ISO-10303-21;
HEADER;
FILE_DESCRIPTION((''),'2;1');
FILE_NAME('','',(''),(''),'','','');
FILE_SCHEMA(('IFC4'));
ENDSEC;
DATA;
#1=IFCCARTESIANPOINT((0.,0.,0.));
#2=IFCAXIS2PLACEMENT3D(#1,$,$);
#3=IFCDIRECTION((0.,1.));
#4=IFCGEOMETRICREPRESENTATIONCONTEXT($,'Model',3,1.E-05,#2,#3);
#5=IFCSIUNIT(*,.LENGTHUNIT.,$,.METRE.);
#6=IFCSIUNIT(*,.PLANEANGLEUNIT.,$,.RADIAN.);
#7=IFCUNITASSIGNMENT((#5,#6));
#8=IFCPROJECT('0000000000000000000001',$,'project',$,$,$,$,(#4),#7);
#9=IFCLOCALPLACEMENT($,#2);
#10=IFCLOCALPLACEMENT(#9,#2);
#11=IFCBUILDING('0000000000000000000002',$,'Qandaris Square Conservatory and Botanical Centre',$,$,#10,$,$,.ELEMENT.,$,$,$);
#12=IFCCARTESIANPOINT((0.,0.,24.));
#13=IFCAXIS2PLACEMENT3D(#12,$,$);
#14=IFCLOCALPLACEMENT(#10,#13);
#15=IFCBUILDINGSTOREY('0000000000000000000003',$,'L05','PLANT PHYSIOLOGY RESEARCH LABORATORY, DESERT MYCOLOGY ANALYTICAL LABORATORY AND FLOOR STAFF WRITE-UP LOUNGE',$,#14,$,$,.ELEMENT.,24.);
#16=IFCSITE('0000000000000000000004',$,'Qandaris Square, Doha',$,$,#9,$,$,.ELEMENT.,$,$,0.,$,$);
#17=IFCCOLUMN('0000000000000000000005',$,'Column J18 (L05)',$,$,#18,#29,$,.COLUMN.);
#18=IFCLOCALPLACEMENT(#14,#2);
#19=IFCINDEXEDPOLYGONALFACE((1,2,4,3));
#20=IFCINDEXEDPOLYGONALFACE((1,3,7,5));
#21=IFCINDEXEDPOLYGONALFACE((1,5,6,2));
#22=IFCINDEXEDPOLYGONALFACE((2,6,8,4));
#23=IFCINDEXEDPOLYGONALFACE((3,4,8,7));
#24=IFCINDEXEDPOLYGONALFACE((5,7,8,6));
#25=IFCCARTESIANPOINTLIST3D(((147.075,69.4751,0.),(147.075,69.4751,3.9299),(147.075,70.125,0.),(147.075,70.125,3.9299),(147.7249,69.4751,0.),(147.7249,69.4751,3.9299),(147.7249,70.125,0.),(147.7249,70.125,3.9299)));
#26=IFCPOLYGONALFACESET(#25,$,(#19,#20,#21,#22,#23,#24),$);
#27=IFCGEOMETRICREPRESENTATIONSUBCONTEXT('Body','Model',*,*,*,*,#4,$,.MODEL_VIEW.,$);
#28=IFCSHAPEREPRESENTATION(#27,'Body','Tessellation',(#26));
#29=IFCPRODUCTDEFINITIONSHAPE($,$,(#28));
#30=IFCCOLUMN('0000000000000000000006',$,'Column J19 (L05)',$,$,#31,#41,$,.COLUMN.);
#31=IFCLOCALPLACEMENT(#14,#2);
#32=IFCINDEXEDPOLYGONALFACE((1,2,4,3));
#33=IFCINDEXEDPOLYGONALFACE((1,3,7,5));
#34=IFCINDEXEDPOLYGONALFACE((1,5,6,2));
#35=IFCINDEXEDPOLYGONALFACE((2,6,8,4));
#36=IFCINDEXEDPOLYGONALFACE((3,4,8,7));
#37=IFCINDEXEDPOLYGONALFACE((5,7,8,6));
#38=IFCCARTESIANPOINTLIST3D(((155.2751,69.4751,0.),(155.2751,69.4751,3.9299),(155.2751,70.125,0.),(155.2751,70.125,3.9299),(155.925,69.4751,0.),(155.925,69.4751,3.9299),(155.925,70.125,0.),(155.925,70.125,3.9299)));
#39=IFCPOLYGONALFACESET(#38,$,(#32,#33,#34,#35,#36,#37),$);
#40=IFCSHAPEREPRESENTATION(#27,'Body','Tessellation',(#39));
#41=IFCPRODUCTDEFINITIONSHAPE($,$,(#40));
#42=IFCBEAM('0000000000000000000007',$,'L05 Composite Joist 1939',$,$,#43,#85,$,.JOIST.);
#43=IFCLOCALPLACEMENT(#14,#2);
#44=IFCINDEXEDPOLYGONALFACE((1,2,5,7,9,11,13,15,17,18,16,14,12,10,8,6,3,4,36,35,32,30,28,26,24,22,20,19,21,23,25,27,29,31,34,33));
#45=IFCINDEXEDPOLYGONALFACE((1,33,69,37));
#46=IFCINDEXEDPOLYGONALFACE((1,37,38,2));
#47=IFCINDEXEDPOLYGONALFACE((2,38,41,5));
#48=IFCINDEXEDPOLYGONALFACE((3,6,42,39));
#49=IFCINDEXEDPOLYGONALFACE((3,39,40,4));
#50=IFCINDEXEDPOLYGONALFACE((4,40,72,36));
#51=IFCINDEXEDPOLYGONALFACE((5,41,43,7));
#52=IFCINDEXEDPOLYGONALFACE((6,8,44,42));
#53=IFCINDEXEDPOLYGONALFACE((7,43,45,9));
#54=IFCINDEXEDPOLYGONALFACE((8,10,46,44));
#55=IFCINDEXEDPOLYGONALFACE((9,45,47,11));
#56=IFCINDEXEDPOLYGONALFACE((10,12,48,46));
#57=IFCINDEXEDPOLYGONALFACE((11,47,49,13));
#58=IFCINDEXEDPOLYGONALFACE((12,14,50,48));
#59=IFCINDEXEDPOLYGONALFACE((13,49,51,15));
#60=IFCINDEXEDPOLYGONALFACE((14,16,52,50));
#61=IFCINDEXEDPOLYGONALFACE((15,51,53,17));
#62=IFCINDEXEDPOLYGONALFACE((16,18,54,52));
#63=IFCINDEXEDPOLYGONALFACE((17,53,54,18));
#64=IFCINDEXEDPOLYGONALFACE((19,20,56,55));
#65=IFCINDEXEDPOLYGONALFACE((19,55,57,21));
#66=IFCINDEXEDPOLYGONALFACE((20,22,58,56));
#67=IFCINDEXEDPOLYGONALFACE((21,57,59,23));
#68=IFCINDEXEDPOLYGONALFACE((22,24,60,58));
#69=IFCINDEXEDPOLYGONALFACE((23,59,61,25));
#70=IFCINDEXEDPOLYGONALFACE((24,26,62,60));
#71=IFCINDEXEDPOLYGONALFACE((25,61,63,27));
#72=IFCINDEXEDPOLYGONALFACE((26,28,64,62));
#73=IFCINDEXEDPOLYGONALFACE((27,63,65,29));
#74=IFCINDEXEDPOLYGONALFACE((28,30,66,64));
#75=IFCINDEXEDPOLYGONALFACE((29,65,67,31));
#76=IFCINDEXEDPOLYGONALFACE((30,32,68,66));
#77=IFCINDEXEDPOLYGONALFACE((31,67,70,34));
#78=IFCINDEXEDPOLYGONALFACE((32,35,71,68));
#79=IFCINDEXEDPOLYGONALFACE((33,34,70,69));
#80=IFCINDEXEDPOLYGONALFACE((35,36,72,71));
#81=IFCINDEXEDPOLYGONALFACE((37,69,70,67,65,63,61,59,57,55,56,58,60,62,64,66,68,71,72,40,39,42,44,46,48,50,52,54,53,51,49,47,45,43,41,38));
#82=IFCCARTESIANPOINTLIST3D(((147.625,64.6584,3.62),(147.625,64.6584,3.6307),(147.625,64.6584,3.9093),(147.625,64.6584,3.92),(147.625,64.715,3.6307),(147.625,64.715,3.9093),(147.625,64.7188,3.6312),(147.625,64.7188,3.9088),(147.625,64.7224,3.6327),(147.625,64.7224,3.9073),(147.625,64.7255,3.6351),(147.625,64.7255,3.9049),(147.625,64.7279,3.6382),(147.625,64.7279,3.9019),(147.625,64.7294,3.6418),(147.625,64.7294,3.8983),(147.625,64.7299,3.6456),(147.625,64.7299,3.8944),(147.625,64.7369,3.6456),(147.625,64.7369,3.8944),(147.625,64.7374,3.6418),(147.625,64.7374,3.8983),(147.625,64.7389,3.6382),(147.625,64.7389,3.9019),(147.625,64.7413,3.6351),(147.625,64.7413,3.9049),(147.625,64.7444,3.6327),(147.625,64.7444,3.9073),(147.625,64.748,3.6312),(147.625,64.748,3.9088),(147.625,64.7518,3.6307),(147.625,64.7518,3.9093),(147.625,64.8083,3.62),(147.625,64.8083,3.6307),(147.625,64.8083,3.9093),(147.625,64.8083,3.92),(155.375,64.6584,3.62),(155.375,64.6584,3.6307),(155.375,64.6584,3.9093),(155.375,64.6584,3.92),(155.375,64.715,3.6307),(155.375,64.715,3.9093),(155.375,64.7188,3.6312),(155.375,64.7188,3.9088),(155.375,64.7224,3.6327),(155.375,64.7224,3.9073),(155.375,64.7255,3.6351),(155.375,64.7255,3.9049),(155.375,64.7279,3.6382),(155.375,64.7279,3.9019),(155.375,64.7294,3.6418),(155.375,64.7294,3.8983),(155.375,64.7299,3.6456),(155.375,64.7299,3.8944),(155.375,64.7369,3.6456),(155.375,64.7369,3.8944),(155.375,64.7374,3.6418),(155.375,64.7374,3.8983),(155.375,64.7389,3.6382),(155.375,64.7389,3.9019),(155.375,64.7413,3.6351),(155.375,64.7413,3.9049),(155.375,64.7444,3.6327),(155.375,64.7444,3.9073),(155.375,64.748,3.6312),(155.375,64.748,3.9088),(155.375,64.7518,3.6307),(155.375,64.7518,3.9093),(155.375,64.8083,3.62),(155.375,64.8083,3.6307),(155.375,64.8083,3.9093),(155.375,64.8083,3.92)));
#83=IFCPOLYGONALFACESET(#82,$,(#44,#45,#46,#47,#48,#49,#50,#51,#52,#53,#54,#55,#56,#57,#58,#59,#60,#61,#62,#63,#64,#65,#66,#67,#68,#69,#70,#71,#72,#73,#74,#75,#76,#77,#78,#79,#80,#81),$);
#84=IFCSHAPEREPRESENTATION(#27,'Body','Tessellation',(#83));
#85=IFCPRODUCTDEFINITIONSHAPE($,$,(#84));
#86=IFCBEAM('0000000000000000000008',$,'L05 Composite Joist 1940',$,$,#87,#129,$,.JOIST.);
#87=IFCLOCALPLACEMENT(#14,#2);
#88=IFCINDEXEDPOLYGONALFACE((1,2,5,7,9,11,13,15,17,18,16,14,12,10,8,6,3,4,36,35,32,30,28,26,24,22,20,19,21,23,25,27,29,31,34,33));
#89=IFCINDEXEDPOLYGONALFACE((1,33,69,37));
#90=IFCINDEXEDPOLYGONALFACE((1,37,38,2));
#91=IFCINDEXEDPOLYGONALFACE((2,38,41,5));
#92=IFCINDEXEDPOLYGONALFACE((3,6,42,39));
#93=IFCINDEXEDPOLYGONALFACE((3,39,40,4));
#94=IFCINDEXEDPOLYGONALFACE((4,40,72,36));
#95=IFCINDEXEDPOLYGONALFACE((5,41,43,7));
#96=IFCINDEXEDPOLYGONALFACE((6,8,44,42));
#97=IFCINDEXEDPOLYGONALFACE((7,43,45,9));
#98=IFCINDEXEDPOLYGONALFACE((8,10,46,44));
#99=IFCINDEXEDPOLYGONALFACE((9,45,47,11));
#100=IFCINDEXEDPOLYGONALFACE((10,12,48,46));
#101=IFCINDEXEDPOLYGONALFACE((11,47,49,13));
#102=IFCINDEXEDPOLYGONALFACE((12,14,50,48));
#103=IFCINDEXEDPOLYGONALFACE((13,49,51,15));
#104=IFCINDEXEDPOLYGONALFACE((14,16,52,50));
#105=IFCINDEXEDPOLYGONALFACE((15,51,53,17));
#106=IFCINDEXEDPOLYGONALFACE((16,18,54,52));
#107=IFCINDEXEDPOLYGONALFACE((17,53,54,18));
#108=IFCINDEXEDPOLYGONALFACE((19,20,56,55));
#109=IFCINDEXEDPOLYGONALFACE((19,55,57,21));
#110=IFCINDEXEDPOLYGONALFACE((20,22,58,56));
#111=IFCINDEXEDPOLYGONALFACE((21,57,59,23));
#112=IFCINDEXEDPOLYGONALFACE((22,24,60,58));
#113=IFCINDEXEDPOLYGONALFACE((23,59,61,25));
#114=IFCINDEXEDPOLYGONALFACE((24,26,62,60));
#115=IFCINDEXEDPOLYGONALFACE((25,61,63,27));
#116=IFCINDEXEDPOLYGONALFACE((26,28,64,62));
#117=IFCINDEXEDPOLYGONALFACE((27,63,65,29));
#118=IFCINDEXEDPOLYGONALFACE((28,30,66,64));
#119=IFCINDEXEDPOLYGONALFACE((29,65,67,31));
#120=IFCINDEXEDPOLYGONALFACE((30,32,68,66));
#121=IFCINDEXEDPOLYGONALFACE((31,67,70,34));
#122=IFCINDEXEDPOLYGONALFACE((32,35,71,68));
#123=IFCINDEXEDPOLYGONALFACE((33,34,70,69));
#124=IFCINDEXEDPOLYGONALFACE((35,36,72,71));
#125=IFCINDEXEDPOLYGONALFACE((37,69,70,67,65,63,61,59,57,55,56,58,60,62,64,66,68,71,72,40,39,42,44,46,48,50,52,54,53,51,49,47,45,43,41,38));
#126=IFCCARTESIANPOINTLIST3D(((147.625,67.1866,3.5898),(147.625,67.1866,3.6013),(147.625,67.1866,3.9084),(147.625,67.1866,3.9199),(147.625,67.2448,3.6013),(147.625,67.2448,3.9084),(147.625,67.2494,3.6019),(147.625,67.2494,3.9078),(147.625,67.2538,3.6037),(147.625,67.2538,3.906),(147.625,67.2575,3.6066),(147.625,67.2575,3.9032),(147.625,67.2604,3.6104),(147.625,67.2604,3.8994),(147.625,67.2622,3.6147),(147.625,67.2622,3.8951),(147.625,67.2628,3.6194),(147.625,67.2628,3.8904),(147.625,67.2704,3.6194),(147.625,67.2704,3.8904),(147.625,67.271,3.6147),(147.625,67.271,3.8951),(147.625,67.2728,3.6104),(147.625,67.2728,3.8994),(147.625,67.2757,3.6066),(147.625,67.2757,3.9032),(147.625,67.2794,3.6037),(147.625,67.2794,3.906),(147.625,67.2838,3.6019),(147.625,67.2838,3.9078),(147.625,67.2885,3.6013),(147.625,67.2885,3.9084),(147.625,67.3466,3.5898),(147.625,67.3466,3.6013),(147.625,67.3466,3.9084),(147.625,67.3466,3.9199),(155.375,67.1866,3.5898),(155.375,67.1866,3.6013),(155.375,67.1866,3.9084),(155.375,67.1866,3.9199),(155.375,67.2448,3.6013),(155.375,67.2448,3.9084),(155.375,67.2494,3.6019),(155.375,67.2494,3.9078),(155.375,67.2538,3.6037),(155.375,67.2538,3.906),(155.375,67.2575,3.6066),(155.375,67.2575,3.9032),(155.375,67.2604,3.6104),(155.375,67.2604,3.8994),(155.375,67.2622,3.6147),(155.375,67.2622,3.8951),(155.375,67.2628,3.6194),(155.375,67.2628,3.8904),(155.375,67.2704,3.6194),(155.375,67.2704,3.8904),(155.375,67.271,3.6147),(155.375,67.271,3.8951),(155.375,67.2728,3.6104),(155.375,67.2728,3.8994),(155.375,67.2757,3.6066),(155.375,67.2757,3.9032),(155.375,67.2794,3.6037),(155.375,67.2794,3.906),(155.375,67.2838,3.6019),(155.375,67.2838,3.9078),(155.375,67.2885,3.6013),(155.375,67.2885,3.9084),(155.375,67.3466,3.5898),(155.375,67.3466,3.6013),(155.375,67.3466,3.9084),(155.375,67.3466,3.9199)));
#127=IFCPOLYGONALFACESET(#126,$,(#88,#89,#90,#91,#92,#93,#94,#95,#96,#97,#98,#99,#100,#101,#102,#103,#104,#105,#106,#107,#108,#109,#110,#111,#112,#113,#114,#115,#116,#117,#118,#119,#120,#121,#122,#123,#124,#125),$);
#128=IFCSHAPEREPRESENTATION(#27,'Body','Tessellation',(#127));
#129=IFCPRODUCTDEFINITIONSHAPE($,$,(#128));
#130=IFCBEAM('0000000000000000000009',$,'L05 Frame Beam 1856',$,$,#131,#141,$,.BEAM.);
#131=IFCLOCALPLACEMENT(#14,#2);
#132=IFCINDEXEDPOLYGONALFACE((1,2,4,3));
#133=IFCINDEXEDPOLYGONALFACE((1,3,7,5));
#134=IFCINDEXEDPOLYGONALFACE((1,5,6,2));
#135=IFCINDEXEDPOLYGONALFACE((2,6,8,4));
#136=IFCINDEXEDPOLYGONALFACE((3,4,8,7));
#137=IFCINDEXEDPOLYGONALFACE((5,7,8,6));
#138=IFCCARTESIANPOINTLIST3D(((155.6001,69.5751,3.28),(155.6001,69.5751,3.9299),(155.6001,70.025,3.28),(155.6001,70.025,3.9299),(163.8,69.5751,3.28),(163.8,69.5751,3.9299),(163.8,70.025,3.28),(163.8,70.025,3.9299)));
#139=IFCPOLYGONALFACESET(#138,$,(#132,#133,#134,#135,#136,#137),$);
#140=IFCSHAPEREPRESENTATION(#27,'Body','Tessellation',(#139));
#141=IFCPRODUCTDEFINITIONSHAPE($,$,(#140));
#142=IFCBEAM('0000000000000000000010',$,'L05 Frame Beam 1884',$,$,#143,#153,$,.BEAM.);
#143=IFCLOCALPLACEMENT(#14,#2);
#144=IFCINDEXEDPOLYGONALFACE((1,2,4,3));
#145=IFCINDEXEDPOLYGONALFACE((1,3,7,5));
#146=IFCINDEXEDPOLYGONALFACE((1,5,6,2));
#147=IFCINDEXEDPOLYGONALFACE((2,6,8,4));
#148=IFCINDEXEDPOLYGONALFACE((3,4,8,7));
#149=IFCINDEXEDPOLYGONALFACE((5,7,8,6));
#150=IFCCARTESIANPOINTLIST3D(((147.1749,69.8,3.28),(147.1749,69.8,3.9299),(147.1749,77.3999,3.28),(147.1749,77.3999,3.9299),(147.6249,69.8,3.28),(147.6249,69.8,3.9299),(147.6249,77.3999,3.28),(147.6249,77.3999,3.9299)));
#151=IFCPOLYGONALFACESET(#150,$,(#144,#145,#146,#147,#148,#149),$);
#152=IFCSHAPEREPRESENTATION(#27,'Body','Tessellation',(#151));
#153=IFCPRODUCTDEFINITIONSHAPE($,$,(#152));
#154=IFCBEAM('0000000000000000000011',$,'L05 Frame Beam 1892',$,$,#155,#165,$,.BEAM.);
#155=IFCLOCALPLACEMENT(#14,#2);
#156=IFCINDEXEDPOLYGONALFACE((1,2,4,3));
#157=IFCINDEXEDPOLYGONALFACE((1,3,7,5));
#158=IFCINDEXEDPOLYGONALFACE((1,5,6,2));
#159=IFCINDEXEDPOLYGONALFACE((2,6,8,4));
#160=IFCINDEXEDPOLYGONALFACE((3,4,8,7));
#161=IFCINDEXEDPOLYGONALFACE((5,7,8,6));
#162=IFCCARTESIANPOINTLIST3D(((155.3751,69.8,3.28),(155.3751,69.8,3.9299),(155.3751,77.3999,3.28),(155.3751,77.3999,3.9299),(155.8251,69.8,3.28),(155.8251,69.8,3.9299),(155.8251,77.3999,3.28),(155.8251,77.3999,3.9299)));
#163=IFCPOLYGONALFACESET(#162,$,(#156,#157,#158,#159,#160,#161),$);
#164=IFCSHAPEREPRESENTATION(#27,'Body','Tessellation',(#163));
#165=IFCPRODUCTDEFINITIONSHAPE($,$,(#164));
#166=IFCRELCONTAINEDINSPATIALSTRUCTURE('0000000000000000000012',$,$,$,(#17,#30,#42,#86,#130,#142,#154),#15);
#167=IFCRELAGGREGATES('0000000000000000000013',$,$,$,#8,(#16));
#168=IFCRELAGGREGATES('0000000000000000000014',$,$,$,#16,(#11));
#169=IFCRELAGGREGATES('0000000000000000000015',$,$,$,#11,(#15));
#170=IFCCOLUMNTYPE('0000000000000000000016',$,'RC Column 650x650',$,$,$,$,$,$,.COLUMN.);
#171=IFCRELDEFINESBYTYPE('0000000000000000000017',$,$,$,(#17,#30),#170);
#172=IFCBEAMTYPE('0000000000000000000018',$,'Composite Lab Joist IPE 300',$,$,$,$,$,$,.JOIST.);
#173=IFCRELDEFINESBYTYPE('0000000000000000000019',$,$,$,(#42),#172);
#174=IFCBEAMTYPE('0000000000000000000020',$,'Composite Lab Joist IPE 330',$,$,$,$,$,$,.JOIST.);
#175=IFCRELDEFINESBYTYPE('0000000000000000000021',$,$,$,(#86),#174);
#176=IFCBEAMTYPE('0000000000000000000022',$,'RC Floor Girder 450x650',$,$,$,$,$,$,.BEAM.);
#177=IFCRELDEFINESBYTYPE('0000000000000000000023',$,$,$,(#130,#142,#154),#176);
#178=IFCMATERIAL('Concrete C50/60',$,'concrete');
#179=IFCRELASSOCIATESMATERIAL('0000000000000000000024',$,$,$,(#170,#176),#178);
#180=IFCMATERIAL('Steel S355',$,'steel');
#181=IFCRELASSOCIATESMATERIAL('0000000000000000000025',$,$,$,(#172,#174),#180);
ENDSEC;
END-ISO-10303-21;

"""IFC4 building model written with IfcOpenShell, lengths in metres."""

from ifc_helpers import new_model, si_unit, direction, frame, origin, origin_2d, place, context, subcontext, project, spatial, rectangle, i_section, extrude, material, material_profile, profile_set, type_object, element, save


model = new_model("IFC4")

# Units and contexts
model_context = context("Model", 3, precision=1e-05, world=origin(), true_north=direction((0.0, 1.0)))
body_context = subcontext(model_context, "Body", "Model", "MODEL_VIEW")
ifc_project = project(units=[si_unit("LENGTHUNIT", "METRE"), si_unit("PLANEANGLEUNIT", "RADIAN")], contexts=[model_context])

# Site, building, storey
site_placement = place(None, origin())
site = spatial("IfcSite", under=ifc_project, at=site_placement, Name="Qandaris Square, Doha", CompositionType="ELEMENT", RefElevation=0.0)
building_placement = place(site_placement, origin())
building = spatial("IfcBuilding", under=site, at=building_placement, Name="Qandaris Square Conservatory and Botanical Centre", CompositionType="ELEMENT")
storey_placement = place(building_placement, frame((0.0, 0.0, 24.0)))
storey = spatial("IfcBuildingStorey", under=building, at=storey_placement, Name="L05", Description="PLANT PHYSIOLOGY RESEARCH LABORATORY, DESERT MYCOLOGY ANALYTICAL LABORATORY AND FLOOR STAFF WRITE-UP LOUNGE", CompositionType="ELEMENT", Elevation=24.0)

# Columns
ifc_material_1 = material(Name="Concrete C50/60", Category="concrete")
ifc_material_profile_1 = material_profile(ifc_material_1, rectangle(XDim=0.6499, YDim=0.6499, at=origin_2d()), Name="RC-COL 650x650")
ifc_profile_set_1 = profile_set([ifc_material_profile_1], Name="Concrete C50/60")
column_type = type_object("IfcColumnType", Name="RC Column 650x650", PredefinedType="COLUMN", material=ifc_profile_set_1)
for number, where, z_axis, x_axis, name in (
    (1, (147.3999, 69.8, 0.0), (0.0, 0.0, 1.0), (1.0, 0.0, 0.0), "Column J18 (L05)"),
    (2, (155.6001, 69.8, 0.0), (0.0, 0.0, 1.0), (1.0, 0.0, 0.0), "Column J19 (L05)"),
):
    element("IfcColumn", number, at=place(storey_placement, frame(where, z_axis=z_axis, x_axis=x_axis)), inside=storey, type_object=column_type, Name=name, PredefinedType="COLUMN", context=body_context, shape_type="SweptSolid", body=[
        extrude(rectangle(XDim=0.6499, YDim=0.6499, at=origin_2d()), origin(), (0.0, 0.0, 1.0), 3.9299),
    ])

# Beams
ifc_material_2 = material(Name="Steel S355", Category="steel")
ifc_material_profile_2 = material_profile(ifc_material_2, i_section(OverallWidth=0.1499, OverallDepth=0.3, WebThickness=0.0071, FlangeThickness=0.0107, FilletRadius=0.0149, at=origin_2d()), Name="IPE 300")
ifc_profile_set_2 = profile_set([ifc_material_profile_2], Name="Steel S355")
beam_type_1 = type_object("IfcBeamType", Name="Composite Lab Joist IPE 300", PredefinedType="JOIST", material=ifc_profile_set_2)
beam_1_placement = place(storey_placement, frame((147.625, 64.7334, 3.77), z_axis=(1.0, 0.0, 0.0), x_axis=(0.0, 1.0, 0.0)))
element("IfcBeam", 3, at=beam_1_placement, inside=storey, type_object=beam_type_1, Name="L05 Composite Joist 1939", PredefinedType="JOIST", context=body_context, shape_type="SweptSolid", body=[
    extrude(i_section(OverallWidth=0.1499, OverallDepth=0.3, WebThickness=0.0071, FlangeThickness=0.0107, FilletRadius=0.0149, at=origin_2d()), origin(), (0.0, 0.0, 1.0), 7.75),
])
ifc_material_profile_3 = material_profile(ifc_material_2, i_section(OverallWidth=0.1599, OverallDepth=0.3301, WebThickness=0.0076, FlangeThickness=0.0115, FilletRadius=0.0181, at=origin_2d()), Name="IPE 330")
ifc_profile_set_3 = profile_set([ifc_material_profile_3], Name="Steel S355")
beam_type_2 = type_object("IfcBeamType", Name="Composite Lab Joist IPE 330", PredefinedType="JOIST", material=ifc_profile_set_3)
beam_2_placement = place(storey_placement, frame((147.625, 67.2666, 3.7549), z_axis=(1.0, 0.0, 0.0), x_axis=(0.0, 1.0, 0.0)))
element("IfcBeam", 4, at=beam_2_placement, inside=storey, type_object=beam_type_2, Name="L05 Composite Joist 1940", PredefinedType="JOIST", context=body_context, shape_type="SweptSolid", body=[
    extrude(i_section(OverallWidth=0.1599, OverallDepth=0.3301, WebThickness=0.0076, FlangeThickness=0.0115, FilletRadius=0.0181, at=origin_2d()), origin(), (0.0, 0.0, 1.0), 7.75),
])
ifc_material_profile_4 = material_profile(ifc_material_1, rectangle(XDim=0.45, YDim=0.6499, at=origin_2d()), Name="RC-BM 450x650")
ifc_profile_set_4 = profile_set([ifc_material_profile_4], Name="Concrete C50/60")
beam_type_3 = type_object("IfcBeamType", Name="RC Floor Girder 450x650", PredefinedType="BEAM", material=ifc_profile_set_4)
beam_3_placement = place(storey_placement, frame((155.6001, 69.8, 3.605), z_axis=(1.0, 0.0, 0.0), x_axis=(0.0, 1.0, 0.0)))
element("IfcBeam", 5, at=beam_3_placement, inside=storey, type_object=beam_type_3, Name="L05 Frame Beam 1856", PredefinedType="BEAM", context=body_context, shape_type="SweptSolid", body=[
    extrude(rectangle(XDim=0.45, YDim=0.6499, at=origin_2d()), origin(), (0.0, 0.0, 1.0), 8.2),
])
for number, where, z_axis, x_axis, name in (
    (6, (147.3999, 69.8, 3.605), (0.0, 1.0, 0.0), (-1.0, 0.0, 0.0), "L05 Frame Beam 1884"),
    (7, (155.6001, 69.8, 3.605), (0.0, 1.0, 0.0), (-1.0, 0.0, 0.0), "L05 Frame Beam 1892"),
):
    element("IfcBeam", number, at=place(storey_placement, frame(where, z_axis=z_axis, x_axis=x_axis)), inside=storey, type_object=beam_type_3, Name=name, PredefinedType="BEAM", context=body_context, shape_type="SweptSolid", body=[
        extrude(rectangle(XDim=0.45, YDim=0.6499, at=origin_2d()), origin(), (0.0, 0.0, 1.0), 7.5999),
    ])

save(model, "model.ifc")
